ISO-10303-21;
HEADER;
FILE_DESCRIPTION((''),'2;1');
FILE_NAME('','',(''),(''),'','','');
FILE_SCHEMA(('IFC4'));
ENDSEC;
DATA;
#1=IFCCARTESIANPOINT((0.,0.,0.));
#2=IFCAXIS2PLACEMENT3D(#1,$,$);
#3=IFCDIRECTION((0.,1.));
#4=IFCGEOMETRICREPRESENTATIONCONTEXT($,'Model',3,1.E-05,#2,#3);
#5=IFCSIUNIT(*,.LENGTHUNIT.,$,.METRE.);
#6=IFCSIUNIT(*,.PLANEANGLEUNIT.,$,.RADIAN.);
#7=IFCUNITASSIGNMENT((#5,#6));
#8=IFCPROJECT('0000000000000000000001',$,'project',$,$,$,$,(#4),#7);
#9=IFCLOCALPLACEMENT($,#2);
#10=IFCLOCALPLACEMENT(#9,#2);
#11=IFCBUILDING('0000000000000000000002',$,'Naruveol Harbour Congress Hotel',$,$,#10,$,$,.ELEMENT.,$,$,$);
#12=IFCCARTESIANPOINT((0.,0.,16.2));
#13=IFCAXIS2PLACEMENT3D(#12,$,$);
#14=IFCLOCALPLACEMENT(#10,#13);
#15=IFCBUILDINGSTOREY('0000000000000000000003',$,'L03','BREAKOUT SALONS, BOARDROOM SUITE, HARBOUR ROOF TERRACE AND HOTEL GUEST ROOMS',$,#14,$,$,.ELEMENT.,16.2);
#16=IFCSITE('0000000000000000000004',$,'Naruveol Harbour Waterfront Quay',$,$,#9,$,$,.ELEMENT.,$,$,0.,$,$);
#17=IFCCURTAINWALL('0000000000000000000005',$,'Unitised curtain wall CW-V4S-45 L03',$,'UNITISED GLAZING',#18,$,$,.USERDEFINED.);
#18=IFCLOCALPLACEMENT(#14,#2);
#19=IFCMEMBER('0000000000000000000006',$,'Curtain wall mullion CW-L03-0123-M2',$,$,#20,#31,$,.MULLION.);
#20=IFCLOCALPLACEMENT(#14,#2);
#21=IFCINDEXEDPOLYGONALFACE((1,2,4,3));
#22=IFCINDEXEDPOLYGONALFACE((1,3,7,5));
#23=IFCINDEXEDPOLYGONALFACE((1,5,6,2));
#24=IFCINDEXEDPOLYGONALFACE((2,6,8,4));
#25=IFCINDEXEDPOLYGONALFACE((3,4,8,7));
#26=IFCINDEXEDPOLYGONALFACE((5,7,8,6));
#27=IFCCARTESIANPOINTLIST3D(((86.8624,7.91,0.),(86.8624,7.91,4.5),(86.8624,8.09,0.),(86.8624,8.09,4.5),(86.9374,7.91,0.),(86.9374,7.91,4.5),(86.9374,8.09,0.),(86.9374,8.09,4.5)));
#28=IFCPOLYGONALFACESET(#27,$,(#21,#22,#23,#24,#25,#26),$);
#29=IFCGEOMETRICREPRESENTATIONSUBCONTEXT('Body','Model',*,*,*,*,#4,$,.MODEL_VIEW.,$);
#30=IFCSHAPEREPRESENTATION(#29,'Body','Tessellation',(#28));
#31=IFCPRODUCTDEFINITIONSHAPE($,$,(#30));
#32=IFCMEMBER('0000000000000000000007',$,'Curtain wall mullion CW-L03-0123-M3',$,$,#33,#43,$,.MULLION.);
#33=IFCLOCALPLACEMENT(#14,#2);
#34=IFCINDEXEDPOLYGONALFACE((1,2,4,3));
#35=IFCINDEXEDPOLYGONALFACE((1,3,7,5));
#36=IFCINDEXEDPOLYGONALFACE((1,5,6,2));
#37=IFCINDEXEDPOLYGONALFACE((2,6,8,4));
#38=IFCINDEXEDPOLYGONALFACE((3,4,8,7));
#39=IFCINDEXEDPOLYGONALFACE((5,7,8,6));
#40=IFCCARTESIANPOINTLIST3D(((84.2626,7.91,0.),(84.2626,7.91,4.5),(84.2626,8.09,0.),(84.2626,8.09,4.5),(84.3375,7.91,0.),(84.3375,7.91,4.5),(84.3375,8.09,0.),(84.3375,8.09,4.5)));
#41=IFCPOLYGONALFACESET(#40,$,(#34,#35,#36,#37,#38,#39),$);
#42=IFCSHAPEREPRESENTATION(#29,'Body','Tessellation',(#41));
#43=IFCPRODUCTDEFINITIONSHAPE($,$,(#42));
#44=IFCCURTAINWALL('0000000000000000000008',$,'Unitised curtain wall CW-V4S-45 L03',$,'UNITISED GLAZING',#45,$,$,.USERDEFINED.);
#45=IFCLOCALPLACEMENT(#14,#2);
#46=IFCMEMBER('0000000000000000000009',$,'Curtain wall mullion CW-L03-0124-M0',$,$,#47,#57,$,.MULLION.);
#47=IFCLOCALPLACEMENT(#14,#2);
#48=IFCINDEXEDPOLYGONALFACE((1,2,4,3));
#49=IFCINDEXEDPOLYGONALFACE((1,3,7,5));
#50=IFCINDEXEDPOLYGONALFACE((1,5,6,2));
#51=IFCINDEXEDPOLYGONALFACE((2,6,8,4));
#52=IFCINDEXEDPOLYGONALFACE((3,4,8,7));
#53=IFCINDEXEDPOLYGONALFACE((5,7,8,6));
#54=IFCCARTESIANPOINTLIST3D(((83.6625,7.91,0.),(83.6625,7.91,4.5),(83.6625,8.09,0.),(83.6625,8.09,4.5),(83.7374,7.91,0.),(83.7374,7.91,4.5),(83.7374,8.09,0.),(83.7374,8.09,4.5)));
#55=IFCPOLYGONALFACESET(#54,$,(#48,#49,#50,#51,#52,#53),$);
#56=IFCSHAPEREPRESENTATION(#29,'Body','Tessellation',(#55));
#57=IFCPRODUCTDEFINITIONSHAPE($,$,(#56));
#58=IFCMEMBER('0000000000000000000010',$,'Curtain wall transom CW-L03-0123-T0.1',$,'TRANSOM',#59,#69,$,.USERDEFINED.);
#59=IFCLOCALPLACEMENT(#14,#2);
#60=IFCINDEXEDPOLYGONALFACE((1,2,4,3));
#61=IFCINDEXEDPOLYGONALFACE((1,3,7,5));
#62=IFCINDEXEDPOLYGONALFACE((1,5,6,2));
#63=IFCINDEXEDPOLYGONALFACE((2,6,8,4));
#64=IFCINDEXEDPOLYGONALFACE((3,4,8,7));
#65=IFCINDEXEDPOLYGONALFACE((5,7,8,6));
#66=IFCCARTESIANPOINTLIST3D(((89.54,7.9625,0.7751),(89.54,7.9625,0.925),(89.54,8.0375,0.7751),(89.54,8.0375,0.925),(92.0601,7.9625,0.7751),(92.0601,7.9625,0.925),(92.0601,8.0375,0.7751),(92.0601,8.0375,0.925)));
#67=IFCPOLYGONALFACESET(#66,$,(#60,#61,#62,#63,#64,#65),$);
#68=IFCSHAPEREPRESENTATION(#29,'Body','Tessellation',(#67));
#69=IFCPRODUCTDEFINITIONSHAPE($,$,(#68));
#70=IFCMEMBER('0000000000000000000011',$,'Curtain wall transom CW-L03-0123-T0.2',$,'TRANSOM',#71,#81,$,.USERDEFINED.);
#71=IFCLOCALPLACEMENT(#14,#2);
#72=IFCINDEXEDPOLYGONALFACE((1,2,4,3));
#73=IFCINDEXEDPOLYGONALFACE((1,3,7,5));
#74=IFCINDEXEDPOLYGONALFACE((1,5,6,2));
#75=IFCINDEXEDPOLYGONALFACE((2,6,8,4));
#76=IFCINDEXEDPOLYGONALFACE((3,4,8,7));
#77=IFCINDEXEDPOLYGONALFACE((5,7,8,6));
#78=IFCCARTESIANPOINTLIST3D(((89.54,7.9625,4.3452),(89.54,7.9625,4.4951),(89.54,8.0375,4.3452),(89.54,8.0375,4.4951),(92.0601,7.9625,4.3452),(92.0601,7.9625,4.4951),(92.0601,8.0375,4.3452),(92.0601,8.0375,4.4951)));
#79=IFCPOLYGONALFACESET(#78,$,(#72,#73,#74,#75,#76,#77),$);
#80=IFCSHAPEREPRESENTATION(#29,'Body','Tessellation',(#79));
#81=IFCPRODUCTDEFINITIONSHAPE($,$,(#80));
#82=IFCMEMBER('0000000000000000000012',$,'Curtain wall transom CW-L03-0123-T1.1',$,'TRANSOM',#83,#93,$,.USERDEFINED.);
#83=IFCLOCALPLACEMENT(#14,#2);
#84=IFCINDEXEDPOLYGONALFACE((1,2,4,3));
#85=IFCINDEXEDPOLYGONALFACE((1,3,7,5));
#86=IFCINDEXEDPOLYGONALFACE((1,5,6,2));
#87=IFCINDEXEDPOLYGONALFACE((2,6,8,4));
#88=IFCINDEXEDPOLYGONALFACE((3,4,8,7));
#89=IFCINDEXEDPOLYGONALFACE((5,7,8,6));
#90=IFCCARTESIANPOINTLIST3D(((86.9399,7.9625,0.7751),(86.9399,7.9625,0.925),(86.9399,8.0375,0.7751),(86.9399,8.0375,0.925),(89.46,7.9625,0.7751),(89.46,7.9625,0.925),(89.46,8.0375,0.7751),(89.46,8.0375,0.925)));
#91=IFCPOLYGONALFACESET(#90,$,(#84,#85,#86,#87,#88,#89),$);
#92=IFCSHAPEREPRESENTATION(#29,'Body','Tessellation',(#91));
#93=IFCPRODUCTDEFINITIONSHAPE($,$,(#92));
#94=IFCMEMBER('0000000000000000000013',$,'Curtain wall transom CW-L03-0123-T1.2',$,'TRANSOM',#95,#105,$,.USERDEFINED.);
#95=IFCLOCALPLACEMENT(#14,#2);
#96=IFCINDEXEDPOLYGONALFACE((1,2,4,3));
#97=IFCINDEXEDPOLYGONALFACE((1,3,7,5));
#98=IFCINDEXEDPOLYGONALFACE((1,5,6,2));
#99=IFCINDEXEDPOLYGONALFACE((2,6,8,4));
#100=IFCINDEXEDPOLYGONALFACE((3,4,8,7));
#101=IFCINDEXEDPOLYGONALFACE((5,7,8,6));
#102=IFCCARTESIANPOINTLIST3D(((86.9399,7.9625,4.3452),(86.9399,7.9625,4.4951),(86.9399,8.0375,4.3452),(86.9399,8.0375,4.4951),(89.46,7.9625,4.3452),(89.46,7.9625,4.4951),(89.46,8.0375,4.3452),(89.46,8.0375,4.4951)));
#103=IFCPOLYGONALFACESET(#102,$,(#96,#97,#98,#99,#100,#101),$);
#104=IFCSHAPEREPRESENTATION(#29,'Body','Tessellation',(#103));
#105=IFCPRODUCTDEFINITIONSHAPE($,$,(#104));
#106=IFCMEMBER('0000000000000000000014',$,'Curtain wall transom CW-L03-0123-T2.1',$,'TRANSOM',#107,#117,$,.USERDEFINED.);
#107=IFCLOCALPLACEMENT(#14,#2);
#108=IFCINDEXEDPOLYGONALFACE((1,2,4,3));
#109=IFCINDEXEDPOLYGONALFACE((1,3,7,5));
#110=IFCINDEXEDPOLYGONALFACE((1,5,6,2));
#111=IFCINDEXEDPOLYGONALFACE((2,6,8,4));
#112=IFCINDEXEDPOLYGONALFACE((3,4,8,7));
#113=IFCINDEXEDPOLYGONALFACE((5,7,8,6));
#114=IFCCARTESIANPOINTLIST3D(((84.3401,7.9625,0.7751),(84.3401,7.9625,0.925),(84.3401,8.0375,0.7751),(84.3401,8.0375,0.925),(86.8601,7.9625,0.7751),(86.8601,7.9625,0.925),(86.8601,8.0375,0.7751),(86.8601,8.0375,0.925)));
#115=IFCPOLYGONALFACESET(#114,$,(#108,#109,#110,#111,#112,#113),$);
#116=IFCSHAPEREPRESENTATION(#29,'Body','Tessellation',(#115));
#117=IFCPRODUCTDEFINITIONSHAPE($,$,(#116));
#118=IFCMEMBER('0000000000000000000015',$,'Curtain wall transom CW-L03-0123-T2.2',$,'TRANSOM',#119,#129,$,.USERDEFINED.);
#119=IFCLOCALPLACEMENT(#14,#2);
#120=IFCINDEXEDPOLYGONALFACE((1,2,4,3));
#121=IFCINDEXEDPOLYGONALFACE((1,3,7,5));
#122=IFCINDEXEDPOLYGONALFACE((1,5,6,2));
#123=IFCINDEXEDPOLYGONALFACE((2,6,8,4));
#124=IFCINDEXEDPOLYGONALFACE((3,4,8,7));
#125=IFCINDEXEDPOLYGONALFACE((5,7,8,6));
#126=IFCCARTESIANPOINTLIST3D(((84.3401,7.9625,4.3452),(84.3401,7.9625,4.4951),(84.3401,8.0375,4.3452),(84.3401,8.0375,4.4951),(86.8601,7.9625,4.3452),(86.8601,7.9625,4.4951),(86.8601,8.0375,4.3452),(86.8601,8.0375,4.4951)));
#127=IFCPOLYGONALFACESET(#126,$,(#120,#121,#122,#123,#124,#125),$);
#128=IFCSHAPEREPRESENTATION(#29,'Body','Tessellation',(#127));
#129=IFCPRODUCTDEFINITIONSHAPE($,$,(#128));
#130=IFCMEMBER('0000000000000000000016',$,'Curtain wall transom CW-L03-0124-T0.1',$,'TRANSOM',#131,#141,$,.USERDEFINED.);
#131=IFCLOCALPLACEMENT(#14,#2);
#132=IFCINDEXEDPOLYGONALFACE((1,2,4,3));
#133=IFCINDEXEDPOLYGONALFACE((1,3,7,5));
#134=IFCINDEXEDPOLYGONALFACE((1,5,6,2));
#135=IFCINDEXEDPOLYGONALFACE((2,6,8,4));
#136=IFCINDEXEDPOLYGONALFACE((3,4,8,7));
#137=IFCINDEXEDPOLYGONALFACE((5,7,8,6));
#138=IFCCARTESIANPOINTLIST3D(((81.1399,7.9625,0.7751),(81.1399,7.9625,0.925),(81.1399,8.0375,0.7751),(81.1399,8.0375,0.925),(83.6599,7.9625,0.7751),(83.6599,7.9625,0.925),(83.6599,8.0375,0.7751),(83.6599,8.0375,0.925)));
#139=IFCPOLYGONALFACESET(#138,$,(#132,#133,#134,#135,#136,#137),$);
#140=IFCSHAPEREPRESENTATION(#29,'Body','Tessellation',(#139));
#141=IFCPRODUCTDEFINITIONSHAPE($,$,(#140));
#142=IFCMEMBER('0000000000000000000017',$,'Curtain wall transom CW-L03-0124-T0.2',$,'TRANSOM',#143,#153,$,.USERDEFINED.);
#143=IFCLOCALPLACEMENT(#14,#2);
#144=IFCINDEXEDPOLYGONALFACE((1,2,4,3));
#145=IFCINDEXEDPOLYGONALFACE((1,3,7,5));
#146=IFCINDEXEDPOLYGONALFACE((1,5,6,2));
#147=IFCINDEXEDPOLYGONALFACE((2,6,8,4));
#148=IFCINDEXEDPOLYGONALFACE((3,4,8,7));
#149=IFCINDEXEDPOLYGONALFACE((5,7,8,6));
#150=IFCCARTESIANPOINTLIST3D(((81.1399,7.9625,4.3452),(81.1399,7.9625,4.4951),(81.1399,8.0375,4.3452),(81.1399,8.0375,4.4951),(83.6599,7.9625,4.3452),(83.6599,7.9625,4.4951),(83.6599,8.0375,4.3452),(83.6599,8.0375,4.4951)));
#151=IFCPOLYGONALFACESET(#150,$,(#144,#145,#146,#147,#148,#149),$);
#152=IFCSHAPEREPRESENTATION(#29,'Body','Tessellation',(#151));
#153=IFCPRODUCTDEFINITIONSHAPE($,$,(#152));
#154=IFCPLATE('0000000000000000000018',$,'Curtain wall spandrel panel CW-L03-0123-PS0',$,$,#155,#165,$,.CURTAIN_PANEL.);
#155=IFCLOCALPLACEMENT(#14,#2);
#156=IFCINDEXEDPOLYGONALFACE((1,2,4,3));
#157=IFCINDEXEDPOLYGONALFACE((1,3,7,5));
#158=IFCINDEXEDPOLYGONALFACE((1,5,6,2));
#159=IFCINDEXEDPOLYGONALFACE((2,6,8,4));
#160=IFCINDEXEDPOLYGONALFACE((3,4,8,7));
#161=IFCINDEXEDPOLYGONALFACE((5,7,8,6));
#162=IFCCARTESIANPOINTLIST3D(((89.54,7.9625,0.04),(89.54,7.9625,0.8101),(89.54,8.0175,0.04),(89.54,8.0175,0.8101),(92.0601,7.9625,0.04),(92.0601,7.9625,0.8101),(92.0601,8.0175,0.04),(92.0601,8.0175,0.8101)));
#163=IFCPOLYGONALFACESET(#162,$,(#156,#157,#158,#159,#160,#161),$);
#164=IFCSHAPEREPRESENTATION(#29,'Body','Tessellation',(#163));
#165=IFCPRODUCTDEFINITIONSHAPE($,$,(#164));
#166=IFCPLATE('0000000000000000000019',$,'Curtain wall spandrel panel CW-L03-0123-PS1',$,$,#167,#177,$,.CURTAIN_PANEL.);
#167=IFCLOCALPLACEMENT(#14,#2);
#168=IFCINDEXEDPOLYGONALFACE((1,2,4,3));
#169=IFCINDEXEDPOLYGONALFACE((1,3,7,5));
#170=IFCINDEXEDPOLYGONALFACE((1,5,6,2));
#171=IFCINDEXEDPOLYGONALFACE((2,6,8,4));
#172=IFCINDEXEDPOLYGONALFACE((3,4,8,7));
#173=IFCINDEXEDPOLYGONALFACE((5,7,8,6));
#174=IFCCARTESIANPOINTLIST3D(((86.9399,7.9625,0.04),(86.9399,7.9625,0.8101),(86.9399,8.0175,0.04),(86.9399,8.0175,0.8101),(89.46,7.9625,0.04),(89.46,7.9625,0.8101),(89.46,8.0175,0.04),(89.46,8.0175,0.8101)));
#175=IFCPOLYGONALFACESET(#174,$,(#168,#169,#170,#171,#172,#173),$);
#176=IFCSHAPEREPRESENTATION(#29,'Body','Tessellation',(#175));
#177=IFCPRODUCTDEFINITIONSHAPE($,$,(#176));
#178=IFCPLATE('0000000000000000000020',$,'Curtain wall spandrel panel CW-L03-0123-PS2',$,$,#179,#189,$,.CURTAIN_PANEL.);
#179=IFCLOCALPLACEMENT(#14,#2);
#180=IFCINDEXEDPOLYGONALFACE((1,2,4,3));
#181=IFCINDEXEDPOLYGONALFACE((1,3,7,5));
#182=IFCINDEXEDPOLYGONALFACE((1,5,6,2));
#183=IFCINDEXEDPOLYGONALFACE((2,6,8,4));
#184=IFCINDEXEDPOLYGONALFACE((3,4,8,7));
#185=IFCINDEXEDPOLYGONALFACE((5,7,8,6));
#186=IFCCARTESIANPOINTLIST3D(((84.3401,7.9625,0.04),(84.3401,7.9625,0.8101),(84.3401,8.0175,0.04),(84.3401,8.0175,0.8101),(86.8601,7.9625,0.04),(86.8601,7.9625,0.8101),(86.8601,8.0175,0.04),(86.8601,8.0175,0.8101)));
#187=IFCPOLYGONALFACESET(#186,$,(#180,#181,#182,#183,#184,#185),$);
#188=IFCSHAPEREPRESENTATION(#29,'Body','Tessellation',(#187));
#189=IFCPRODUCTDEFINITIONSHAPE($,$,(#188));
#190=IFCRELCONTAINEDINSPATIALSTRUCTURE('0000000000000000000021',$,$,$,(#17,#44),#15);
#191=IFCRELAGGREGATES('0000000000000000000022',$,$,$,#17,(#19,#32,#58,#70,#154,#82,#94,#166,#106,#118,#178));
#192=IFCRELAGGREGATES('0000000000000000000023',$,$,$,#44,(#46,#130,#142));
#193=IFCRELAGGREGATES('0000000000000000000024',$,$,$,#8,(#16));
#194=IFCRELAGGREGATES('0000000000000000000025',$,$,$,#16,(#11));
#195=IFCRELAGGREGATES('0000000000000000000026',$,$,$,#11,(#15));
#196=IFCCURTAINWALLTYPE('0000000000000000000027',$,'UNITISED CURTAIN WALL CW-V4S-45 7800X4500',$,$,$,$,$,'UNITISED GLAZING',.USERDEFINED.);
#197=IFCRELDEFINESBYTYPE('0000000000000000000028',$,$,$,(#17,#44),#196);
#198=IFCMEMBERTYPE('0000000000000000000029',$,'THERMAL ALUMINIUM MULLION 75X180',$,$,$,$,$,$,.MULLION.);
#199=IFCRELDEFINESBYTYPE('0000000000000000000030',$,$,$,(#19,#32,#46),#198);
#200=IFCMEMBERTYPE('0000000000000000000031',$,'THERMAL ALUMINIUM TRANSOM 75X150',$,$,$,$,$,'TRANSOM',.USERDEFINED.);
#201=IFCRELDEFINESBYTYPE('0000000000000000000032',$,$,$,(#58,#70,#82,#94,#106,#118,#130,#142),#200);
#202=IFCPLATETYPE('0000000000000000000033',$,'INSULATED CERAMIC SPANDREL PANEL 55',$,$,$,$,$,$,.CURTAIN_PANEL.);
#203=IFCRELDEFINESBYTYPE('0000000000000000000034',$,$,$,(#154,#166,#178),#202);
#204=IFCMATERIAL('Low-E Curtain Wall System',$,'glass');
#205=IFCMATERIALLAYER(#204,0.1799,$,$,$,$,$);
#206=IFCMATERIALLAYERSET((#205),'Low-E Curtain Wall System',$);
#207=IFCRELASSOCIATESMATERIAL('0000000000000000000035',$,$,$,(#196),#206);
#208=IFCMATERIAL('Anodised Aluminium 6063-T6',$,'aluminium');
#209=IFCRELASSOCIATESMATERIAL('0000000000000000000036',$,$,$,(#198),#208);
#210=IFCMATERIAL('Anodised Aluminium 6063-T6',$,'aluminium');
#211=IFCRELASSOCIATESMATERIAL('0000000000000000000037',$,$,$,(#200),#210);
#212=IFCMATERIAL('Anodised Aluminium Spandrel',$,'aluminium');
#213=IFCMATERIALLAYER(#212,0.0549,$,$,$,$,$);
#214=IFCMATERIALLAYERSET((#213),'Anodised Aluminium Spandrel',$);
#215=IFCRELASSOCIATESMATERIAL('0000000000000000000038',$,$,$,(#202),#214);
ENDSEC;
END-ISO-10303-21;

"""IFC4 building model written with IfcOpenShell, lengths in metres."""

from ifc_helpers import new_model, si_unit, direction, frame, origin, origin_2d, place, context, subcontext, project, spatial, rectangle, extrude, material, layer, layer_set, material_profile, profile_set, type_object, element, aggregate, save


model = new_model("IFC4")

# Units and contexts
model_context = context("Model", 3, precision=1e-05, world=origin(), true_north=direction((0.0, 1.0)))
body_context = subcontext(model_context, "Body", "Model", "MODEL_VIEW")
ifc_project = project(units=[si_unit("LENGTHUNIT", "METRE"), si_unit("PLANEANGLEUNIT", "RADIAN")], contexts=[model_context])

# Site, building, storey
site_placement = place(None, origin())
site = spatial("IfcSite", under=ifc_project, at=site_placement, Name="Naruveol Harbour Waterfront Quay", CompositionType="ELEMENT", RefElevation=0.0)
building_placement = place(site_placement, origin())
building = spatial("IfcBuilding", under=site, at=building_placement, Name="Naruveol Harbour Congress Hotel", CompositionType="ELEMENT")
storey_placement = place(building_placement, frame((0.0, 0.0, 16.2)))
storey = spatial("IfcBuildingStorey", under=building, at=storey_placement, Name="L03", Description="BREAKOUT SALONS, BOARDROOM SUITE, HARBOUR ROOF TERRACE AND HOTEL GUEST ROOMS", CompositionType="ELEMENT", Elevation=16.2)

# Curtain wall, members
ifc_material_1 = material(Name="Low-E Curtain Wall System", Category="glass")
ifc_layer_1 = layer(ifc_material_1, 0.1799)
ifc_layer_set_1 = layer_set([ifc_layer_1], Name="Low-E Curtain Wall System")
curtain_wall_type = type_object("IfcCurtainWallType", Name="UNITISED CURTAIN WALL CW-V4S-45 7800X4500", ElementType="UNITISED GLAZING", PredefinedType="USERDEFINED", material=ifc_layer_set_1)
curtain_wall_1_placement = place(storey_placement, origin())
curtain_wall_1 = element("IfcCurtainWall", 1, at=curtain_wall_1_placement, inside=storey, type_object=curtain_wall_type, Name="Unitised curtain wall CW-V4S-45 L03", ObjectType="UNITISED GLAZING", PredefinedType="USERDEFINED")
ifc_material_2 = material(Name="Anodised Aluminium 6063-T6", Category="aluminium")
ifc_material_profile_1 = material_profile(ifc_material_2, rectangle(XDim=0.075, YDim=0.1799, at=origin_2d()), Name="ALU-75x180")
ifc_profile_set_1 = profile_set([ifc_material_profile_1], Name="Anodised Aluminium 6063-T6")
member_type_1 = type_object("IfcMemberType", Name="THERMAL ALUMINIUM MULLION 75X180", PredefinedType="MULLION", material=ifc_profile_set_1)
member_1_placement = place(storey_placement, frame((86.8999, 8.0, 0.0), z_axis=(0.0, 0.0, 1.0), x_axis=(1.0, 0.0, 0.0)))
member_1 = element("IfcMember", 2, at=member_1_placement, type_object=member_type_1, Name="Curtain wall mullion CW-L03-0123-M2", PredefinedType="MULLION", context=body_context, shape_type="SweptSolid", body=[
    extrude(rectangle(XDim=0.075, YDim=0.1799, at=origin_2d()), origin(), (0.0, 0.0, 1.0), 4.5),
])
member_2_placement = place(storey_placement, frame((84.3, 8.0, 0.0), z_axis=(0.0, 0.0, 1.0), x_axis=(1.0, 0.0, 0.0)))
member_2 = element("IfcMember", 3, at=member_2_placement, type_object=member_type_1, Name="Curtain wall mullion CW-L03-0123-M3", PredefinedType="MULLION", context=body_context, shape_type="SweptSolid", body=[
    extrude(rectangle(XDim=0.075, YDim=0.1799, at=origin_2d()), origin(), (0.0, 0.0, 1.0), 4.5),
])

# Curtain wall, member
curtain_wall_2_placement = place(storey_placement, origin())
curtain_wall_2 = element("IfcCurtainWall", 4, at=curtain_wall_2_placement, inside=storey, type_object=curtain_wall_type, Name="Unitised curtain wall CW-V4S-45 L03", ObjectType="UNITISED GLAZING", PredefinedType="USERDEFINED")
member_3_placement = place(storey_placement, frame((83.7, 8.0, 0.0), z_axis=(0.0, 0.0, 1.0), x_axis=(1.0, 0.0, 0.0)))
member_3 = element("IfcMember", 5, at=member_3_placement, type_object=member_type_1, Name="Curtain wall mullion CW-L03-0124-M0", PredefinedType="MULLION", context=body_context, shape_type="SweptSolid", body=[
    extrude(rectangle(XDim=0.075, YDim=0.1799, at=origin_2d()), origin(), (0.0, 0.0, 1.0), 4.5),
])

# Members
ifc_material_3 = material(Name="Anodised Aluminium 6063-T6", Category="aluminium")
ifc_material_profile_2 = material_profile(ifc_material_3, rectangle(XDim=0.075, YDim=0.1499, at=origin_2d()), Name="ALU-75x150")
ifc_profile_set_2 = profile_set([ifc_material_profile_2], Name="Anodised Aluminium 6063-T6")
member_type_2 = type_object("IfcMemberType", Name="THERMAL ALUMINIUM TRANSOM 75X150", ElementType="TRANSOM", PredefinedType="USERDEFINED", material=ifc_profile_set_2)
member_4_placement = place(storey_placement, frame((92.0601, 8.0, 0.8501), z_axis=(-1.0, 0.0, 0.0), x_axis=(0.0, -1.0, 0.0)))
member_4 = element("IfcMember", 6, at=member_4_placement, type_object=member_type_2, Name="Curtain wall transom CW-L03-0123-T0.1", ObjectType="TRANSOM", PredefinedType="USERDEFINED", context=body_context, shape_type="SweptSolid", body=[
    extrude(rectangle(XDim=0.075, YDim=0.1499, at=origin_2d()), origin(), (0.0, 0.0, 1.0), 2.52),
])
member_5_placement = place(storey_placement, frame((92.0601, 8.0, 4.4202), z_axis=(-1.0, 0.0, 0.0), x_axis=(0.0, -1.0, 0.0)))
member_5 = element("IfcMember", 7, at=member_5_placement, type_object=member_type_2, Name="Curtain wall transom CW-L03-0123-T0.2", ObjectType="TRANSOM", PredefinedType="USERDEFINED", context=body_context, shape_type="SweptSolid", body=[
    extrude(rectangle(XDim=0.075, YDim=0.1499, at=origin_2d()), origin(), (0.0, 0.0, 1.0), 2.52),
])
member_6_placement = place(storey_placement, frame((89.46, 8.0, 0.8501), z_axis=(-1.0, 0.0, 0.0), x_axis=(0.0, -1.0, 0.0)))
member_6 = element("IfcMember", 8, at=member_6_placement, type_object=member_type_2, Name="Curtain wall transom CW-L03-0123-T1.1", ObjectType="TRANSOM", PredefinedType="USERDEFINED", context=body_context, shape_type="SweptSolid", body=[
    extrude(rectangle(XDim=0.075, YDim=0.1499, at=origin_2d()), origin(), (0.0, 0.0, 1.0), 2.52),
])
member_7_placement = place(storey_placement, frame((89.46, 8.0, 4.4202), z_axis=(-1.0, 0.0, 0.0), x_axis=(0.0, -1.0, 0.0)))
member_7 = element("IfcMember", 9, at=member_7_placement, type_object=member_type_2, Name="Curtain wall transom CW-L03-0123-T1.2", ObjectType="TRANSOM", PredefinedType="USERDEFINED", context=body_context, shape_type="SweptSolid", body=[
    extrude(rectangle(XDim=0.075, YDim=0.1499, at=origin_2d()), origin(), (0.0, 0.0, 1.0), 2.52),
])
member_8_placement = place(storey_placement, frame((86.8601, 8.0, 0.8501), z_axis=(-1.0, 0.0, 0.0), x_axis=(0.0, -1.0, 0.0)))
member_8 = element("IfcMember", 10, at=member_8_placement, type_object=member_type_2, Name="Curtain wall transom CW-L03-0123-T2.1", ObjectType="TRANSOM", PredefinedType="USERDEFINED", context=body_context, shape_type="SweptSolid", body=[
    extrude(rectangle(XDim=0.075, YDim=0.1499, at=origin_2d()), origin(), (0.0, 0.0, 1.0), 2.52),
])
member_9_placement = place(storey_placement, frame((86.8601, 8.0, 4.4202), z_axis=(-1.0, 0.0, 0.0), x_axis=(0.0, -1.0, 0.0)))
member_9 = element("IfcMember", 11, at=member_9_placement, type_object=member_type_2, Name="Curtain wall transom CW-L03-0123-T2.2", ObjectType="TRANSOM", PredefinedType="USERDEFINED", context=body_context, shape_type="SweptSolid", body=[
    extrude(rectangle(XDim=0.075, YDim=0.1499, at=origin_2d()), origin(), (0.0, 0.0, 1.0), 2.52),
])
member_10_placement = place(storey_placement, frame((83.6599, 8.0, 0.8501), z_axis=(-1.0, 0.0, 0.0), x_axis=(0.0, -1.0, 0.0)))
member_10 = element("IfcMember", 12, at=member_10_placement, type_object=member_type_2, Name="Curtain wall transom CW-L03-0124-T0.1", ObjectType="TRANSOM", PredefinedType="USERDEFINED", context=body_context, shape_type="SweptSolid", body=[
    extrude(rectangle(XDim=0.075, YDim=0.1499, at=origin_2d()), origin(), (0.0, 0.0, 1.0), 2.52),
])
member_11_placement = place(storey_placement, frame((83.6599, 8.0, 4.4202), z_axis=(-1.0, 0.0, 0.0), x_axis=(0.0, -1.0, 0.0)))
member_11 = element("IfcMember", 13, at=member_11_placement, type_object=member_type_2, Name="Curtain wall transom CW-L03-0124-T0.2", ObjectType="TRANSOM", PredefinedType="USERDEFINED", context=body_context, shape_type="SweptSolid", body=[
    extrude(rectangle(XDim=0.075, YDim=0.1499, at=origin_2d()), origin(), (0.0, 0.0, 1.0), 2.52),
])

# Plates
ifc_material_4 = material(Name="Anodised Aluminium Spandrel", Category="aluminium")
ifc_layer_2 = layer(ifc_material_4, 0.0549)
ifc_layer_set_2 = layer_set([ifc_layer_2], Name="Anodised Aluminium Spandrel")
plate_type_1 = type_object("IfcPlateType", Name="INSULATED CERAMIC SPANDREL PANEL 55", PredefinedType="CURTAIN_PANEL", material=ifc_layer_set_2)
plate_1_placement = place(storey_placement, frame((90.8, 7.99, 0.04), z_axis=(0.0, 0.0, 1.0), x_axis=(-1.0, 0.0, 0.0)))
plate_1 = element("IfcPlate", 14, at=plate_1_placement, type_object=plate_type_1, Name="Curtain wall spandrel panel CW-L03-0123-PS0", PredefinedType="CURTAIN_PANEL", context=body_context, shape_type="SweptSolid", body=[
    extrude(rectangle(XDim=2.52, YDim=0.0549, at=origin_2d()), origin(), (0.0, 0.0, 1.0), 0.77),
])
plate_2_placement = place(storey_placement, frame((88.2, 7.99, 0.04), z_axis=(0.0, 0.0, 1.0), x_axis=(-1.0, 0.0, 0.0)))
plate_2 = element("IfcPlate", 15, at=plate_2_placement, type_object=plate_type_1, Name="Curtain wall spandrel panel CW-L03-0123-PS1", PredefinedType="CURTAIN_PANEL", context=body_context, shape_type="SweptSolid", body=[
    extrude(rectangle(XDim=2.52, YDim=0.0549, at=origin_2d()), origin(), (0.0, 0.0, 1.0), 0.77),
])
plate_3_placement = place(storey_placement, frame((85.6001, 7.99, 0.04), z_axis=(0.0, 0.0, 1.0), x_axis=(-1.0, 0.0, 0.0)))
plate_3 = element("IfcPlate", 16, at=plate_3_placement, type_object=plate_type_1, Name="Curtain wall spandrel panel CW-L03-0123-PS2", PredefinedType="CURTAIN_PANEL", context=body_context, shape_type="SweptSolid", body=[
    extrude(rectangle(XDim=2.52, YDim=0.0549, at=origin_2d()), origin(), (0.0, 0.0, 1.0), 0.77),
])
aggregate(curtain_wall_1, [member_1, member_2, member_4, member_5, plate_1, member_6, member_7, plate_2, member_8, member_9, plate_3])
aggregate(curtain_wall_2, [member_3, member_10, member_11])

save(model, "model.ifc")
